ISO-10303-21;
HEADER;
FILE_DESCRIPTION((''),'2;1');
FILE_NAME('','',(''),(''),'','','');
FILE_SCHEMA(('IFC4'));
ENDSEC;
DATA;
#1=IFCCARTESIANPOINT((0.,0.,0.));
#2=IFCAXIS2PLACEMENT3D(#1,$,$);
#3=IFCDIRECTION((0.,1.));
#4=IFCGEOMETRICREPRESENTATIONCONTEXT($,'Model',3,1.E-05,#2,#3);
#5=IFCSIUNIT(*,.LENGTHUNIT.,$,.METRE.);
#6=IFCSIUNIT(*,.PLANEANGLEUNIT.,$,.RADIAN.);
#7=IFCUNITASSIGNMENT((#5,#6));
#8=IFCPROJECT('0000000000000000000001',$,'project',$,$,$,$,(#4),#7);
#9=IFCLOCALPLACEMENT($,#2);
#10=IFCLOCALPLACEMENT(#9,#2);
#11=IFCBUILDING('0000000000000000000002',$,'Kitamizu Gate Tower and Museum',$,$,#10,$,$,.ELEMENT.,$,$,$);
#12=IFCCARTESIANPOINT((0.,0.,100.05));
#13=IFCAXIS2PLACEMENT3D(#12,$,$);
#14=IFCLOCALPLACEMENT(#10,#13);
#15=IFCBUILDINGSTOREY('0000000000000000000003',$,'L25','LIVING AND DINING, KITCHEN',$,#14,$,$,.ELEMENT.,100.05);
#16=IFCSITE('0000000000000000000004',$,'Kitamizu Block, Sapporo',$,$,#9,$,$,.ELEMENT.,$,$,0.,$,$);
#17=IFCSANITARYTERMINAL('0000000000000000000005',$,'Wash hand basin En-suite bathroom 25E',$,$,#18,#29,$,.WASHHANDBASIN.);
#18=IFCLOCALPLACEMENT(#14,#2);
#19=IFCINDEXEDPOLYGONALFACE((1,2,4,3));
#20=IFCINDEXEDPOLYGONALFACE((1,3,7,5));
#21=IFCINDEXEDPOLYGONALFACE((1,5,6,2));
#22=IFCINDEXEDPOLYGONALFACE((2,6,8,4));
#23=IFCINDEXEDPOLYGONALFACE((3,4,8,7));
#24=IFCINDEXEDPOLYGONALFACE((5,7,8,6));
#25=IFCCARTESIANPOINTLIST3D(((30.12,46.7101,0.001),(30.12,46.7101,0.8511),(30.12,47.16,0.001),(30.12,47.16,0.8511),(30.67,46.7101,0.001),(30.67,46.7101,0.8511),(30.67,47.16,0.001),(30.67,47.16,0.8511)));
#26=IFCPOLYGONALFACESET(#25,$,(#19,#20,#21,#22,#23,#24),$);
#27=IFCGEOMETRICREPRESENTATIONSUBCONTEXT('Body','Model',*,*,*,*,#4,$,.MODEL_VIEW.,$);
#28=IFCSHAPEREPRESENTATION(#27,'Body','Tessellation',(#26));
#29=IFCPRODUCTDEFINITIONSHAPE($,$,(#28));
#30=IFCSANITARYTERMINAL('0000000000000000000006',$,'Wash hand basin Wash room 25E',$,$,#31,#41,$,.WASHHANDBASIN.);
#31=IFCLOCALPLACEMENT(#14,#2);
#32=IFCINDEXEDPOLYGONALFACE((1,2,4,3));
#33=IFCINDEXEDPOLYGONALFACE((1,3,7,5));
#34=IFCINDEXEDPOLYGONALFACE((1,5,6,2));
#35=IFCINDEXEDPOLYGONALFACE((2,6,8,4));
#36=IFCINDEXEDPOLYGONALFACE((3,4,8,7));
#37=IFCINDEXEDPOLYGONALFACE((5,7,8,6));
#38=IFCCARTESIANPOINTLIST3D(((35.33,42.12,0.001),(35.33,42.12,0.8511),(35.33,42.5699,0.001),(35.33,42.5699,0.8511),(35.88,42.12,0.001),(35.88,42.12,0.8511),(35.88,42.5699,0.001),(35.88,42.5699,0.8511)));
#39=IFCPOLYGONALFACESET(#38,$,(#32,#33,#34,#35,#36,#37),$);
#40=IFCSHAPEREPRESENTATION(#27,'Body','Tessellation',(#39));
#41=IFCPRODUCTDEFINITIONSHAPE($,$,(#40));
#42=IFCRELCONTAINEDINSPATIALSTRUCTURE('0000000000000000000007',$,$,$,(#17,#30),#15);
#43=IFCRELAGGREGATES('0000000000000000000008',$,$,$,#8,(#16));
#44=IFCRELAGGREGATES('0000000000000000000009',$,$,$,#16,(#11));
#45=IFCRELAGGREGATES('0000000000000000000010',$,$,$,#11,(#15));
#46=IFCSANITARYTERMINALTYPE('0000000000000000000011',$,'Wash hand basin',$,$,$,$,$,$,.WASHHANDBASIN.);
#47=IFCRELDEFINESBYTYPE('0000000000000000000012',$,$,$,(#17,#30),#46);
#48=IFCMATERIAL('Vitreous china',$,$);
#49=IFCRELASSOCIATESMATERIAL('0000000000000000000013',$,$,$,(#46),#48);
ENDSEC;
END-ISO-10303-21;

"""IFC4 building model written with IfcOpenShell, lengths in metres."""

from ifc_helpers import new_model, si_unit, direction, frame, origin, origin_2d, place, context, subcontext, project, spatial, rectangle, extrude, material, type_object, element, save


model = new_model("IFC4")

# Units and contexts
model_context = context("Model", 3, precision=1e-05, world=origin(), true_north=direction((0.0, 1.0)))
body_context = subcontext(model_context, "Body", "Model", "MODEL_VIEW")
ifc_project = project(units=[si_unit("LENGTHUNIT", "METRE"), si_unit("PLANEANGLEUNIT", "RADIAN")], contexts=[model_context])

# Site, building, storey
site_placement = place(None, origin())
site = spatial("IfcSite", under=ifc_project, at=site_placement, Name="Kitamizu Block, Sapporo", CompositionType="ELEMENT", RefElevation=0.0)
building_placement = place(site_placement, origin())
building = spatial("IfcBuilding", under=site, at=building_placement, Name="Kitamizu Gate Tower and Museum", CompositionType="ELEMENT")
storey_placement = place(building_placement, frame((0.0, 0.0, 100.05)))
storey = spatial("IfcBuildingStorey", under=building, at=storey_placement, Name="L25", Description="LIVING AND DINING, KITCHEN", CompositionType="ELEMENT", Elevation=100.05)

# Sanitary terminals
ifc_material_1 = material(Name="Vitreous china")
sanitary_terminal_type_1 = type_object("IfcSanitaryTerminalType", Name="Wash hand basin", PredefinedType="WASHHANDBASIN", material=ifc_material_1)
for number, where, z_axis, x_axis, name in (
    (1, (30.395, 46.9351, 0.001), (0.0, 0.0, 1.0), (1.0, 0.0, 0.0), "Wash hand basin En-suite bathroom 25E"),
    (2, (35.605, 42.345, 0.001), (0.0, 0.0, 1.0), (1.0, 0.0, 0.0), "Wash hand basin Wash room 25E"),
):
    element("IfcSanitaryTerminal", number, at=place(storey_placement, frame(where, z_axis=z_axis, x_axis=x_axis)), inside=storey, type_object=sanitary_terminal_type_1, Name=name, PredefinedType="WASHHANDBASIN", context=body_context, shape_type="SweptSolid", body=[
        extrude(rectangle(XDim=0.55, YDim=0.45, at=origin_2d()), origin(), (0.0, 0.0, 1.0), 0.8501),
    ])

save(model, "model.ifc")
